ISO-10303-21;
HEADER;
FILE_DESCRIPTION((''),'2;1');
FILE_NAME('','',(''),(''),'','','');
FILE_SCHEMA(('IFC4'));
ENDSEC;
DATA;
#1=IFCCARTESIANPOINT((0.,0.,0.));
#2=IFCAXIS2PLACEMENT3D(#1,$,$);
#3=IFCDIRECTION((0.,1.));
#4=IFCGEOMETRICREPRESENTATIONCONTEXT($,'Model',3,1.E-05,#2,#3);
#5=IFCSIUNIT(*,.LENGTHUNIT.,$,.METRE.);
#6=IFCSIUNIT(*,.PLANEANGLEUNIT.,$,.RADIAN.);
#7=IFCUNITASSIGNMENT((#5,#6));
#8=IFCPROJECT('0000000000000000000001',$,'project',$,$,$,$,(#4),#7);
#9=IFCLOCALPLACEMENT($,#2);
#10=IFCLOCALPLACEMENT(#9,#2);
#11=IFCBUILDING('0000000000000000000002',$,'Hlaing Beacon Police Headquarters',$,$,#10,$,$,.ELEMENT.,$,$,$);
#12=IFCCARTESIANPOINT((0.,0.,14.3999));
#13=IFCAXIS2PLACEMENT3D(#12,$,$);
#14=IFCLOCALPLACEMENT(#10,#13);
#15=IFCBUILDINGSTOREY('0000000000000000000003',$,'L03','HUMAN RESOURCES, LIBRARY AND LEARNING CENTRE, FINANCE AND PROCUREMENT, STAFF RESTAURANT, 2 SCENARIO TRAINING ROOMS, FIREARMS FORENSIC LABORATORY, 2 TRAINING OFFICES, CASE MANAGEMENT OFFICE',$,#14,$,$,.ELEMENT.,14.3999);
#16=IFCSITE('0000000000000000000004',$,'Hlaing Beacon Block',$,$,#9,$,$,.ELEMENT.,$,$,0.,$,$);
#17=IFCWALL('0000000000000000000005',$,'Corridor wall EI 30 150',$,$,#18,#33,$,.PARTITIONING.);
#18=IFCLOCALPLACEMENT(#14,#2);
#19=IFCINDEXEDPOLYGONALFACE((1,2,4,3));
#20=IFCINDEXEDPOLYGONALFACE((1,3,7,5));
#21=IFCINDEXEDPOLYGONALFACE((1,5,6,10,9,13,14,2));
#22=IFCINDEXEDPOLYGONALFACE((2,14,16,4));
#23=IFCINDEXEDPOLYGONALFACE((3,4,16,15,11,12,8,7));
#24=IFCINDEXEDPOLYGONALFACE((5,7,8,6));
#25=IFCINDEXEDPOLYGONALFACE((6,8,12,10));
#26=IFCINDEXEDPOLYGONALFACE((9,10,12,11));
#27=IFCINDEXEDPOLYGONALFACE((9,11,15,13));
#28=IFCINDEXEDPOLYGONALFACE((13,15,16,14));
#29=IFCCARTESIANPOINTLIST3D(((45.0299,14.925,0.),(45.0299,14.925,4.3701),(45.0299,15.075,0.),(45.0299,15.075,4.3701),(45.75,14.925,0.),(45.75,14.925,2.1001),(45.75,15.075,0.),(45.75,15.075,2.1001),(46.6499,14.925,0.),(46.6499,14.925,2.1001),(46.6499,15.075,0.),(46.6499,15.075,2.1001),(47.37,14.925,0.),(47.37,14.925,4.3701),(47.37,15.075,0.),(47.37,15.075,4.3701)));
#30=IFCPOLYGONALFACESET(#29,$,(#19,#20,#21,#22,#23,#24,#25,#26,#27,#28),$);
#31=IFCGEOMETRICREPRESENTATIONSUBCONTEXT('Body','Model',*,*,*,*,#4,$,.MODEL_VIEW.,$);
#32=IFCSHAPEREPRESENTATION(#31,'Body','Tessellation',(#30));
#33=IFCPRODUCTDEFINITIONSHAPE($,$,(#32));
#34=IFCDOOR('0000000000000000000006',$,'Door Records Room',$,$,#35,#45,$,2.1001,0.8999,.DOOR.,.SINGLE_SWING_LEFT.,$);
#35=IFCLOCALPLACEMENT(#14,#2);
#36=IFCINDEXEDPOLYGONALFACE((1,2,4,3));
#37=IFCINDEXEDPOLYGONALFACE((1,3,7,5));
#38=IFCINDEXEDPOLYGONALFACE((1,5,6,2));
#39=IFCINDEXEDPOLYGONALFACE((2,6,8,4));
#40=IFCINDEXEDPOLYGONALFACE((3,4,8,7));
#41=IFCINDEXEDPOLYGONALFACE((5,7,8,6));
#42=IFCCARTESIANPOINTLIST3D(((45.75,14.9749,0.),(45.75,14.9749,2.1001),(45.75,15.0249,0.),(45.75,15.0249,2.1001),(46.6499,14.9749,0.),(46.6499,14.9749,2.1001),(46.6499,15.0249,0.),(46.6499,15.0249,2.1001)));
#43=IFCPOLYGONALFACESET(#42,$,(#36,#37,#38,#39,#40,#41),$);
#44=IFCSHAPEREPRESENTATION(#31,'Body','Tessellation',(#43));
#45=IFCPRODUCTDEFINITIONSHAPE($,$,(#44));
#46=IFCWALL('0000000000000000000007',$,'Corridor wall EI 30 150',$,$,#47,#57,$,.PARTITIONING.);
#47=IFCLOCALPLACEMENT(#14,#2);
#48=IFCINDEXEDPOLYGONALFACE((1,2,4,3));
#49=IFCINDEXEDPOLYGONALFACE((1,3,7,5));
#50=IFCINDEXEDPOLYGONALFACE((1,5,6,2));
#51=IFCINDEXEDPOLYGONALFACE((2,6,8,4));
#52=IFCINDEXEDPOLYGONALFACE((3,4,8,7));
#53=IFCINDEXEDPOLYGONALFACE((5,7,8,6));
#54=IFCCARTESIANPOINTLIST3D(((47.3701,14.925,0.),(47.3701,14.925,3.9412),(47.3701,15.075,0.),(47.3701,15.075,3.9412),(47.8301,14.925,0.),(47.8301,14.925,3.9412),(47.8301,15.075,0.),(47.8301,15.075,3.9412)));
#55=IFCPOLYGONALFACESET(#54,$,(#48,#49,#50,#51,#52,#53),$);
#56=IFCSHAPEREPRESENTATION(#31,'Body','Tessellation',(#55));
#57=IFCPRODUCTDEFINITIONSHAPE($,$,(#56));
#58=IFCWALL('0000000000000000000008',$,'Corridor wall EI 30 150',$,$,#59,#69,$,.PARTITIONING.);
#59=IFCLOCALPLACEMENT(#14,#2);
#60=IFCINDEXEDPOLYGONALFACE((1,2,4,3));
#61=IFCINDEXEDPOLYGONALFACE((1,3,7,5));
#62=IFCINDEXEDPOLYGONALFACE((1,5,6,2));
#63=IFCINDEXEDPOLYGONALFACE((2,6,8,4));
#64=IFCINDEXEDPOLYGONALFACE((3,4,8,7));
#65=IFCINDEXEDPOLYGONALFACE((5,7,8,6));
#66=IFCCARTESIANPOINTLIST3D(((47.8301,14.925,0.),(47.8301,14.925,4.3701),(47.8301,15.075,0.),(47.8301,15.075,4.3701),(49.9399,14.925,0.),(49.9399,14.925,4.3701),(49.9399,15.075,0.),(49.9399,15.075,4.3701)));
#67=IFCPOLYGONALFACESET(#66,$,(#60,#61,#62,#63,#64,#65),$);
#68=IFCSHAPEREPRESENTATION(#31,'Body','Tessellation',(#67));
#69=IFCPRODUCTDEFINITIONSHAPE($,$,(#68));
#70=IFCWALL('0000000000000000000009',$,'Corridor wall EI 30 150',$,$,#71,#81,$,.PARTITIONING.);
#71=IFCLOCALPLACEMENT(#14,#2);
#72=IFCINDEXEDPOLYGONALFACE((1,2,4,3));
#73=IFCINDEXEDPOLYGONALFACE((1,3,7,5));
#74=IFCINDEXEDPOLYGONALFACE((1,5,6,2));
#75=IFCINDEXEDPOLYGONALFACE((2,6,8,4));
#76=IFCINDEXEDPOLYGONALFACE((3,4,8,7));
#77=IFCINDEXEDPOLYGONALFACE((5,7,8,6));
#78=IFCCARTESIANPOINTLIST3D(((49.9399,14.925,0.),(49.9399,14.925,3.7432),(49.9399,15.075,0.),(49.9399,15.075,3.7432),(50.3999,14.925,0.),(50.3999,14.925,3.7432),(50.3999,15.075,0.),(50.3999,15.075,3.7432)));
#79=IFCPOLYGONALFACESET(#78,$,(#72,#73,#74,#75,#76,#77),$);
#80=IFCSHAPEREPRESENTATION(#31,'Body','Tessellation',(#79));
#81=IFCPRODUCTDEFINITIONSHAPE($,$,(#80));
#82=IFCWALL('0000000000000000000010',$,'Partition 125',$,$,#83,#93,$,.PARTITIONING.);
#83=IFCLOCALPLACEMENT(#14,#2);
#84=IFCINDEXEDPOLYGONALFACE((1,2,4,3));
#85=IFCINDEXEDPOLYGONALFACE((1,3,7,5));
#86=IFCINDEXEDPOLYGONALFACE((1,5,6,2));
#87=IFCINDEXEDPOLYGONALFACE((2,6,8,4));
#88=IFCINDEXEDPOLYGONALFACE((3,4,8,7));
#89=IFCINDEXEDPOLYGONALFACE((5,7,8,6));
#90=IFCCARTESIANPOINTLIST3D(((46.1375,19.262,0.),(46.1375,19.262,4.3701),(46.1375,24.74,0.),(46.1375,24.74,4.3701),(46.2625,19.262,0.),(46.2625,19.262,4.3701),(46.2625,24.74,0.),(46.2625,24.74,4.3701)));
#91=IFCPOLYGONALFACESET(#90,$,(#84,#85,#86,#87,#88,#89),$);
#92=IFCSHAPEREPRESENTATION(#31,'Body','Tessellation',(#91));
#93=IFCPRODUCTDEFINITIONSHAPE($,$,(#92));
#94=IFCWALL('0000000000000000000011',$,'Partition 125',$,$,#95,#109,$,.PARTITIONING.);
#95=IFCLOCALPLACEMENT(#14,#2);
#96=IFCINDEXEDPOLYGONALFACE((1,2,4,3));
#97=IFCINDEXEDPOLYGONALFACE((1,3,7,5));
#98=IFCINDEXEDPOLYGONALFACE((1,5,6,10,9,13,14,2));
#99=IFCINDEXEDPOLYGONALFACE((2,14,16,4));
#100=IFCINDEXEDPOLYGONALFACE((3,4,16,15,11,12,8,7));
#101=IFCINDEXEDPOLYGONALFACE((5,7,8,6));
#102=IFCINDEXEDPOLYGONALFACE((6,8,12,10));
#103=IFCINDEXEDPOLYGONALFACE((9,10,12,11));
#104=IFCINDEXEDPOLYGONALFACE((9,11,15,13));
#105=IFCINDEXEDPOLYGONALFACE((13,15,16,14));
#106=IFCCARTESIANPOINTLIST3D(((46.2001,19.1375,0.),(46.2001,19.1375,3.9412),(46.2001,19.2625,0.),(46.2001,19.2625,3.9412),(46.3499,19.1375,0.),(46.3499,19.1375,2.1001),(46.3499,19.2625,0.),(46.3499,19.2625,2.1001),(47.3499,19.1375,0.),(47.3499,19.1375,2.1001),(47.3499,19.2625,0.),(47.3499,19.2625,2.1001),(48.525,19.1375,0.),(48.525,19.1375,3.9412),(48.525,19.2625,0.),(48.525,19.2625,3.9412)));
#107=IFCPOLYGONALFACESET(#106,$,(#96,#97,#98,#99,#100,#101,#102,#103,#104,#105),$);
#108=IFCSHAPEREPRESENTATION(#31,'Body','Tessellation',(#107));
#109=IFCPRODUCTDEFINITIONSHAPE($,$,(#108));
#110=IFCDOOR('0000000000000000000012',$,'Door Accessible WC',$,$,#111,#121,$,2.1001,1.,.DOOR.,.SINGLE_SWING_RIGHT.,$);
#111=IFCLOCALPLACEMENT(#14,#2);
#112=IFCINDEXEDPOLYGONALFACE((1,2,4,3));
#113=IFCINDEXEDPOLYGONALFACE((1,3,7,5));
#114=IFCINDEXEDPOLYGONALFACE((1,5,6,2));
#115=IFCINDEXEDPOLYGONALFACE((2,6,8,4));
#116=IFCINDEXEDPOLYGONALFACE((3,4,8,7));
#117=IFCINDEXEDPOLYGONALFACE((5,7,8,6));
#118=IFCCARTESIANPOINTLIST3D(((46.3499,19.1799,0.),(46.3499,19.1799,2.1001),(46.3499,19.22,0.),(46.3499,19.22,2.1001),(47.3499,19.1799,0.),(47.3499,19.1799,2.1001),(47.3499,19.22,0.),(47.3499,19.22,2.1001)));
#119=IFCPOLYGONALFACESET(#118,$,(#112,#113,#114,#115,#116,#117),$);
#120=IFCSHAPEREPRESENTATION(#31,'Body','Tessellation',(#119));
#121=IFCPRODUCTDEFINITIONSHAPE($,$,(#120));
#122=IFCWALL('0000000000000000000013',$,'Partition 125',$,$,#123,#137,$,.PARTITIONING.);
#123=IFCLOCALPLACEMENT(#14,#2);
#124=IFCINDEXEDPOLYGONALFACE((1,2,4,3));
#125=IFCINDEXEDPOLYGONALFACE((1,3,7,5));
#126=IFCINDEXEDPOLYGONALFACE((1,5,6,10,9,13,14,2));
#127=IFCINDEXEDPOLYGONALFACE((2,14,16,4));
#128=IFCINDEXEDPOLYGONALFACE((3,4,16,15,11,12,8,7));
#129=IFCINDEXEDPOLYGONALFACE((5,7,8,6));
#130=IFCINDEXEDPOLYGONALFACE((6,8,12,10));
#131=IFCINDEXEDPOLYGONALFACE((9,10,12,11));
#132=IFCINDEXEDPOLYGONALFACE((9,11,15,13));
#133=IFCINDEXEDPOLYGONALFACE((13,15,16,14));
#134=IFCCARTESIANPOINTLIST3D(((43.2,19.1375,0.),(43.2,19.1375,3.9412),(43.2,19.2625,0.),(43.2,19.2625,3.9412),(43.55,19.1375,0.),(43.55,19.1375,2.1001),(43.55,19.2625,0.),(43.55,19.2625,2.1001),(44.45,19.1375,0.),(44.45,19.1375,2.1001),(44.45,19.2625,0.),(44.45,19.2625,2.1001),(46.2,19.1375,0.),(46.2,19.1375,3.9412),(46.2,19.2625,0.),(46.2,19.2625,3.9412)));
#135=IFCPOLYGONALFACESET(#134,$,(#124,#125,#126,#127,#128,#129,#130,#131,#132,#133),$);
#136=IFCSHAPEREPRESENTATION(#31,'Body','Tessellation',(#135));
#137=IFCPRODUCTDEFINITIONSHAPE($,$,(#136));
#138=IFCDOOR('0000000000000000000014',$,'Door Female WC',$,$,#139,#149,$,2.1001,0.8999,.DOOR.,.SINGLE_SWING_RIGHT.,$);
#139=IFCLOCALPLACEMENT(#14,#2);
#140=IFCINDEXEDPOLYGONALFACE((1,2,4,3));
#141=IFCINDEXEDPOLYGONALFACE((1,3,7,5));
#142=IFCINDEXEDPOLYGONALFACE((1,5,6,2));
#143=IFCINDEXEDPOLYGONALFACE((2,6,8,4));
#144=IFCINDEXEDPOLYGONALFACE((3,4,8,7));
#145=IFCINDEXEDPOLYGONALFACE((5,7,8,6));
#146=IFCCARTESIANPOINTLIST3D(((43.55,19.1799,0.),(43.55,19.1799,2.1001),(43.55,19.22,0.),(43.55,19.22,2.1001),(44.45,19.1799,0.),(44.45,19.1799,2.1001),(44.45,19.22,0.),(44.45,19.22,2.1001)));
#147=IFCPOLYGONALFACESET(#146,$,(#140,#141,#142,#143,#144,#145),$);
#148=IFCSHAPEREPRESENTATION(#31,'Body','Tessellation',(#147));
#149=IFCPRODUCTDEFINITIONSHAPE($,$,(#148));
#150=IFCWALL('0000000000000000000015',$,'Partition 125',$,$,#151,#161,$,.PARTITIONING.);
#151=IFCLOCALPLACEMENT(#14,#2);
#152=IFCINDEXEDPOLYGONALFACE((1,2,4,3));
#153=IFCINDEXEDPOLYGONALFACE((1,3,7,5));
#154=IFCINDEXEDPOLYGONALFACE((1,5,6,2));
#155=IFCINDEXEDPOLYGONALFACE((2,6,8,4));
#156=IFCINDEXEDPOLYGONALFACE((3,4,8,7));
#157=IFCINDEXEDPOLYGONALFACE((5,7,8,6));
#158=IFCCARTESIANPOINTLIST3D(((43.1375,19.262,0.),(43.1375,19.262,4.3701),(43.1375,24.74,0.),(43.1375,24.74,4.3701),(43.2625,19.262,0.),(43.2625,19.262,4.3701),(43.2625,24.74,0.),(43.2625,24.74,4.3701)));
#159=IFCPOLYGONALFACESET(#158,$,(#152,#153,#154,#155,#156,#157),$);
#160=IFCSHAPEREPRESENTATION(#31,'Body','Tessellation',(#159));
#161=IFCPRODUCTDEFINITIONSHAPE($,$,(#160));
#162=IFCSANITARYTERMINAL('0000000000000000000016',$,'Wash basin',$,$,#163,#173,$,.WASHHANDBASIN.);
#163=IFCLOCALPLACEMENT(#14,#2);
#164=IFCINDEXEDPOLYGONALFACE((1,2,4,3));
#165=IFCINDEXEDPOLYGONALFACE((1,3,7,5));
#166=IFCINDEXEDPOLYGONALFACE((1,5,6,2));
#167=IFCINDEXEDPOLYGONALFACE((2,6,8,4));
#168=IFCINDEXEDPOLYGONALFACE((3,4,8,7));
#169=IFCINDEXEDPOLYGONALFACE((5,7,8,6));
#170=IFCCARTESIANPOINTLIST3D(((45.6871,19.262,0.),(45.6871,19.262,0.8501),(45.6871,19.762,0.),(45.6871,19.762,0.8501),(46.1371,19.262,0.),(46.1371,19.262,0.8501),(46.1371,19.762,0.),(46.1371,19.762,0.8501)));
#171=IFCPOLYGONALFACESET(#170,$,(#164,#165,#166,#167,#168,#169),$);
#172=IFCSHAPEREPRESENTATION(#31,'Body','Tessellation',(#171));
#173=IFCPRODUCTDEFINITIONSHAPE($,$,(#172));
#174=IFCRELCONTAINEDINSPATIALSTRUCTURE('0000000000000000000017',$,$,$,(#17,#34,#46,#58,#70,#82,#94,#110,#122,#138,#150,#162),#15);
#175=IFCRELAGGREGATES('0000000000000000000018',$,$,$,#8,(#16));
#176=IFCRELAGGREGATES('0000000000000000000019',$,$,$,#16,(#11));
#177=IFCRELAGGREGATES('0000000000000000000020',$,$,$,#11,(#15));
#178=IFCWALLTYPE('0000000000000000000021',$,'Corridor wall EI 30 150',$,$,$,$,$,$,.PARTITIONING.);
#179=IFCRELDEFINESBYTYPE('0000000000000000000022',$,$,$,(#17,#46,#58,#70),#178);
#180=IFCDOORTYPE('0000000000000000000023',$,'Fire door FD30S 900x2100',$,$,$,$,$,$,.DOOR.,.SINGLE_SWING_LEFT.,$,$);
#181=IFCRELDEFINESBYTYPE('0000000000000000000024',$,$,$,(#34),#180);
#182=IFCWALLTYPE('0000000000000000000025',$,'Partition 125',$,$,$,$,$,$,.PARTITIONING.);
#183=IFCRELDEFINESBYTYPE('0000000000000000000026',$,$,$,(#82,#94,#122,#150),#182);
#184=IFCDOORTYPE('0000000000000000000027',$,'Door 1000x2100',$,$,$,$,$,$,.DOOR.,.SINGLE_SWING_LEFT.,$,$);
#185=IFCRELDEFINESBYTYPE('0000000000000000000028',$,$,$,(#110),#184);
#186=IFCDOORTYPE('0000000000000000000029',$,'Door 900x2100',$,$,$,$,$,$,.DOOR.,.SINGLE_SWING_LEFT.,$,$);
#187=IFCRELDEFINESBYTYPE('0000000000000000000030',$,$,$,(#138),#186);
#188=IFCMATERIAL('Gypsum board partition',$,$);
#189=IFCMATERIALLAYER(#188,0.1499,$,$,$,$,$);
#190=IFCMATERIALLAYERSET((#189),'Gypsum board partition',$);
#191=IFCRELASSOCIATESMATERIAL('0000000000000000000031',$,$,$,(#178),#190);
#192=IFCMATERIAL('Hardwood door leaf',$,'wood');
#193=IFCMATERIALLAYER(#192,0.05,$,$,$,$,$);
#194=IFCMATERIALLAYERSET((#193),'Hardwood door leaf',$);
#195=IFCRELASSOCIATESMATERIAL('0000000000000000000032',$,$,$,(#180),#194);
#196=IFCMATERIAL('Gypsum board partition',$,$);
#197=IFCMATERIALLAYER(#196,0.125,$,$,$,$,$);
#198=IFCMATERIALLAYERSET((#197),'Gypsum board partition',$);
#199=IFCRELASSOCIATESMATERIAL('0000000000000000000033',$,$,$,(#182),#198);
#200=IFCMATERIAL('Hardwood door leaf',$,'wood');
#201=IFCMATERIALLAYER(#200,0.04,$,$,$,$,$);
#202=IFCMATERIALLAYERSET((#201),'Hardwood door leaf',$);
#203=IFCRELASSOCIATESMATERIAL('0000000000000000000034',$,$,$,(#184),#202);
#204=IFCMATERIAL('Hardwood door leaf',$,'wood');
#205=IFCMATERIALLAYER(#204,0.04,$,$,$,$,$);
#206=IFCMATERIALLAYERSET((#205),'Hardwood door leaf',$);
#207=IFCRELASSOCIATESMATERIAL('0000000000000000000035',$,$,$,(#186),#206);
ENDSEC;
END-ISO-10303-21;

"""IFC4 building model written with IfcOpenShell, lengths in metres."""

from ifc_helpers import new_model, si_unit, direction, frame, frame_2d, origin, origin_2d, place, context, subcontext, project, spatial, rectangle, extrude, material, layer, layer_set, type_object, element, fill, save


model = new_model("IFC4")

# Units and contexts
model_context = context("Model", 3, precision=1e-05, world=origin(), true_north=direction((0.0, 1.0)))
body_context = subcontext(model_context, "Body", "Model", "MODEL_VIEW")
ifc_project = project(units=[si_unit("LENGTHUNIT", "METRE"), si_unit("PLANEANGLEUNIT", "RADIAN")], contexts=[model_context])

# Site, building, storey
site_placement = place(None, origin())
site = spatial("IfcSite", under=ifc_project, at=site_placement, Name="Hlaing Beacon Block", CompositionType="ELEMENT", RefElevation=0.0)
building_placement = place(site_placement, origin())
building = spatial("IfcBuilding", under=site, at=building_placement, Name="Hlaing Beacon Police Headquarters", CompositionType="ELEMENT")
storey_placement = place(building_placement, frame((0.0, 0.0, 14.3999)))
storey = spatial("IfcBuildingStorey", under=building, at=storey_placement, Name="L03", Description="HUMAN RESOURCES, LIBRARY AND LEARNING CENTRE, FINANCE AND PROCUREMENT, STAFF RESTAURANT, 2 SCENARIO TRAINING ROOMS, FIREARMS FORENSIC LABORATORY, 2 TRAINING OFFICES, CASE MANAGEMENT OFFICE", CompositionType="ELEMENT", Elevation=14.3999)

# Shared definitions
ifc_material_1 = material(Name="Gypsum board partition")
ifc_layer_1 = layer(ifc_material_1, 0.1499)
ifc_layer_set_1 = layer_set([ifc_layer_1], Name="Gypsum board partition")
wall_type_1 = type_object("IfcWallType", Name="Corridor wall EI 30 150", PredefinedType="PARTITIONING", material=ifc_layer_set_1)

# Wall, opening, door
wall_1_placement = place(storey_placement, frame((45.03, 15.0, 0.0), z_axis=(0.0, 0.0, 1.0), x_axis=(1.0, 0.0, 0.0)))
wall_1 = element("IfcWall", 1, at=wall_1_placement, inside=storey, type_object=wall_type_1, Name="Corridor wall EI 30 150", PredefinedType="PARTITIONING", context=body_context, shape_type="SweptSolid", body=[
    extrude(rectangle(XDim=2.3401, YDim=0.1499, at=frame_2d((1.1699, 0.0))), origin(), (0.0, 0.0, 1.0), 4.3701),
])
opening_1_placement = place(wall_1_placement, frame((0.72, 0.0, 0.0)))
opening_1 = element("IfcOpeningElement", 2, at=opening_1_placement, cuts=wall_1, PredefinedType="OPENING", context=body_context, shape_type="SweptSolid", body=[
    extrude(rectangle(XDim=0.8999, YDim=2.1001, at=frame_2d((0.45, 1.05))), frame((0.0, 0.085, 0.0), z_axis=(0.0, -1.0, 0.0), x_axis=(1.0, 0.0, 0.0)), (0.0, 0.0, 1.0), 0.1699),
])
ifc_material_2 = material(Name="Hardwood door leaf", Category="wood")
ifc_layer_2 = layer(ifc_material_2, 0.05)
ifc_layer_set_2 = layer_set([ifc_layer_2], Name="Hardwood door leaf")
door_type_1 = type_object("IfcDoorType", Name="Fire door FD30S 900x2100", OperationType="SINGLE_SWING_LEFT", PredefinedType="DOOR", material=ifc_layer_set_2)
door_1_placement = place(opening_1_placement, frame((0.8999, 0.0, 0.0), z_axis=(0.0, 0.0, 1.0), x_axis=(-1.0, 0.0, 0.0)))
door_1 = element("IfcDoor", 3, at=door_1_placement, inside=storey, type_object=door_type_1, Name="Door Records Room", OperationType="SINGLE_SWING_LEFT", OverallHeight=2.1001, OverallWidth=0.8999, PredefinedType="DOOR", context=body_context, shape_type="SweptSolid", body=[
    extrude(rectangle(XDim=0.8999, YDim=2.1001, at=frame_2d((0.45, 1.05))), frame((0.0, 0.0251, 0.0), z_axis=(0.0, -1.0, 0.0), x_axis=(1.0, 0.0, 0.0)), (0.0, 0.0, 1.0), 0.05),
])
fill(opening_1, door_1)

# Walls
wall_2_placement = place(storey_placement, frame((47.3701, 15.0, 0.0), z_axis=(0.0, 0.0, 1.0), x_axis=(1.0, 0.0, 0.0)))
element("IfcWall", 4, at=wall_2_placement, inside=storey, type_object=wall_type_1, Name="Corridor wall EI 30 150", PredefinedType="PARTITIONING", context=body_context, shape_type="SweptSolid", body=[
    extrude(rectangle(XDim=0.46, YDim=0.1499, at=frame_2d((0.23, 0.0))), origin(), (0.0, 0.0, 1.0), 3.9412),
])
wall_3_placement = place(storey_placement, frame((47.8301, 15.0, 0.0), z_axis=(0.0, 0.0, 1.0), x_axis=(1.0, 0.0, 0.0)))
element("IfcWall", 5, at=wall_3_placement, inside=storey, type_object=wall_type_1, Name="Corridor wall EI 30 150", PredefinedType="PARTITIONING", context=body_context, shape_type="SweptSolid", body=[
    extrude(rectangle(XDim=2.1099, YDim=0.1499, at=frame_2d((1.0549, 0.0))), origin(), (0.0, 0.0, 1.0), 4.3701),
])
wall_4_placement = place(storey_placement, frame((49.9399, 15.0, 0.0), z_axis=(0.0, 0.0, 1.0), x_axis=(1.0, 0.0, 0.0)))
element("IfcWall", 6, at=wall_4_placement, inside=storey, type_object=wall_type_1, Name="Corridor wall EI 30 150", PredefinedType="PARTITIONING", context=body_context, shape_type="SweptSolid", body=[
    extrude(rectangle(XDim=0.46, YDim=0.1499, at=frame_2d((0.23, 0.0))), origin(), (0.0, 0.0, 1.0), 3.7432),
])
ifc_material_3 = material(Name="Gypsum board partition")
ifc_layer_3 = layer(ifc_material_3, 0.125)
ifc_layer_set_3 = layer_set([ifc_layer_3], Name="Gypsum board partition")
wall_type_2 = type_object("IfcWallType", Name="Partition 125", PredefinedType="PARTITIONING", material=ifc_layer_set_3)
wall_5_placement = place(storey_placement, frame((46.2, 19.262, 0.0), z_axis=(0.0, 0.0, 1.0), x_axis=(0.0, 1.0, 0.0)))
element("IfcWall", 7, at=wall_5_placement, inside=storey, type_object=wall_type_2, Name="Partition 125", PredefinedType="PARTITIONING", context=body_context, shape_type="SweptSolid", body=[
    extrude(rectangle(XDim=5.478, YDim=0.125, at=frame_2d((2.739, 0.0))), origin(), (0.0, 0.0, 1.0), 4.3701),
])

# Walls, openings, doors
wall_6_placement = place(storey_placement, frame((46.2, 19.2, 0.0), z_axis=(0.0, 0.0, 1.0), x_axis=(1.0, 0.0, 0.0)))
wall_6 = element("IfcWall", 8, at=wall_6_placement, inside=storey, type_object=wall_type_2, Name="Partition 125", PredefinedType="PARTITIONING", context=body_context, shape_type="SweptSolid", body=[
    extrude(rectangle(XDim=2.325, YDim=0.125, at=frame_2d((1.1626, 0.0))), origin(), (0.0, 0.0, 1.0), 3.9412),
])
opening_2_placement = place(wall_6_placement, frame((0.1499, 0.0, 0.0)))
opening_2 = element("IfcOpeningElement", 9, at=opening_2_placement, cuts=wall_6, PredefinedType="OPENING", context=body_context, shape_type="SweptSolid", body=[
    extrude(rectangle(XDim=1.0, YDim=2.1001, at=frame_2d((0.5, 1.05))), frame((0.0, 0.0725, 0.0), z_axis=(0.0, -1.0, 0.0), x_axis=(1.0, 0.0, 0.0)), (0.0, 0.0, 1.0), 0.145),
])
ifc_material_4 = material(Name="Hardwood door leaf", Category="wood")
ifc_layer_4 = layer(ifc_material_4, 0.04)
ifc_layer_set_4 = layer_set([ifc_layer_4], Name="Hardwood door leaf")
door_type_2 = type_object("IfcDoorType", Name="Door 1000x2100", OperationType="SINGLE_SWING_LEFT", PredefinedType="DOOR", material=ifc_layer_set_4)
door_2_placement = place(opening_2_placement, origin())
door_2 = element("IfcDoor", 10, at=door_2_placement, inside=storey, type_object=door_type_2, Name="Door Accessible WC", OperationType="SINGLE_SWING_RIGHT", OverallHeight=2.1001, OverallWidth=1.0, PredefinedType="DOOR", context=body_context, shape_type="SweptSolid", body=[
    extrude(rectangle(XDim=1.0, YDim=2.1001, at=frame_2d((0.5, 1.05))), frame((0.0, 0.02, 0.0), z_axis=(0.0, -1.0, 0.0), x_axis=(1.0, 0.0, 0.0)), (0.0, 0.0, 1.0), 0.04),
])
fill(opening_2, door_2)
wall_7_placement = place(storey_placement, frame((43.2, 19.2, 0.0), z_axis=(0.0, 0.0, 1.0), x_axis=(1.0, 0.0, 0.0)))
wall_7 = element("IfcWall", 11, at=wall_7_placement, inside=storey, type_object=wall_type_2, Name="Partition 125", PredefinedType="PARTITIONING", context=body_context, shape_type="SweptSolid", body=[
    extrude(rectangle(XDim=3.0, YDim=0.125, at=frame_2d((1.5, 0.0))), origin(), (0.0, 0.0, 1.0), 3.9412),
])
opening_3_placement = place(wall_7_placement, frame((0.3501, 0.0, 0.0)))
opening_3 = element("IfcOpeningElement", 12, at=opening_3_placement, cuts=wall_7, PredefinedType="OPENING", context=body_context, shape_type="SweptSolid", body=[
    extrude(rectangle(XDim=0.8999, YDim=2.1001, at=frame_2d((0.45, 1.05))), frame((0.0, 0.0725, 0.0), z_axis=(0.0, -1.0, 0.0), x_axis=(1.0, 0.0, 0.0)), (0.0, 0.0, 1.0), 0.145),
])
ifc_material_5 = material(Name="Hardwood door leaf", Category="wood")
ifc_layer_5 = layer(ifc_material_5, 0.04)
ifc_layer_set_5 = layer_set([ifc_layer_5], Name="Hardwood door leaf")
door_type_3 = type_object("IfcDoorType", Name="Door 900x2100", OperationType="SINGLE_SWING_LEFT", PredefinedType="DOOR", material=ifc_layer_set_5)
door_3_placement = place(opening_3_placement, origin())
door_3 = element("IfcDoor", 13, at=door_3_placement, inside=storey, type_object=door_type_3, Name="Door Female WC", OperationType="SINGLE_SWING_RIGHT", OverallHeight=2.1001, OverallWidth=0.8999, PredefinedType="DOOR", context=body_context, shape_type="SweptSolid", body=[
    extrude(rectangle(XDim=0.8999, YDim=2.1001, at=frame_2d((0.45, 1.05))), frame((0.0, 0.02, 0.0), z_axis=(0.0, -1.0, 0.0), x_axis=(1.0, 0.0, 0.0)), (0.0, 0.0, 1.0), 0.04),
])
fill(opening_3, door_3)

# Wall
wall_8_placement = place(storey_placement, frame((43.2, 19.262, 0.0), z_axis=(0.0, 0.0, 1.0), x_axis=(0.0, 1.0, 0.0)))
element("IfcWall", 14, at=wall_8_placement, inside=storey, type_object=wall_type_2, Name="Partition 125", PredefinedType="PARTITIONING", context=body_context, shape_type="SweptSolid", body=[
    extrude(rectangle(XDim=5.478, YDim=0.125, at=frame_2d((2.739, 0.0))), origin(), (0.0, 0.0, 1.0), 4.3701),
])

# Sanitary terminal
sanitary_terminal_placement = place(storey_placement, frame((45.9121, 19.512, 0.0), z_axis=(0.0, 0.0, 1.0), x_axis=(1.0, 0.0, 0.0)))
element("IfcSanitaryTerminal", 15, at=sanitary_terminal_placement, inside=storey, Name="Wash basin", PredefinedType="WASHHANDBASIN", context=body_context, shape_type="SweptSolid", body=[
    extrude(rectangle(XDim=0.45, YDim=0.5, at=origin_2d()), origin(), (0.0, 0.0, 1.0), 0.8501),
])

save(model, "model.ifc")
